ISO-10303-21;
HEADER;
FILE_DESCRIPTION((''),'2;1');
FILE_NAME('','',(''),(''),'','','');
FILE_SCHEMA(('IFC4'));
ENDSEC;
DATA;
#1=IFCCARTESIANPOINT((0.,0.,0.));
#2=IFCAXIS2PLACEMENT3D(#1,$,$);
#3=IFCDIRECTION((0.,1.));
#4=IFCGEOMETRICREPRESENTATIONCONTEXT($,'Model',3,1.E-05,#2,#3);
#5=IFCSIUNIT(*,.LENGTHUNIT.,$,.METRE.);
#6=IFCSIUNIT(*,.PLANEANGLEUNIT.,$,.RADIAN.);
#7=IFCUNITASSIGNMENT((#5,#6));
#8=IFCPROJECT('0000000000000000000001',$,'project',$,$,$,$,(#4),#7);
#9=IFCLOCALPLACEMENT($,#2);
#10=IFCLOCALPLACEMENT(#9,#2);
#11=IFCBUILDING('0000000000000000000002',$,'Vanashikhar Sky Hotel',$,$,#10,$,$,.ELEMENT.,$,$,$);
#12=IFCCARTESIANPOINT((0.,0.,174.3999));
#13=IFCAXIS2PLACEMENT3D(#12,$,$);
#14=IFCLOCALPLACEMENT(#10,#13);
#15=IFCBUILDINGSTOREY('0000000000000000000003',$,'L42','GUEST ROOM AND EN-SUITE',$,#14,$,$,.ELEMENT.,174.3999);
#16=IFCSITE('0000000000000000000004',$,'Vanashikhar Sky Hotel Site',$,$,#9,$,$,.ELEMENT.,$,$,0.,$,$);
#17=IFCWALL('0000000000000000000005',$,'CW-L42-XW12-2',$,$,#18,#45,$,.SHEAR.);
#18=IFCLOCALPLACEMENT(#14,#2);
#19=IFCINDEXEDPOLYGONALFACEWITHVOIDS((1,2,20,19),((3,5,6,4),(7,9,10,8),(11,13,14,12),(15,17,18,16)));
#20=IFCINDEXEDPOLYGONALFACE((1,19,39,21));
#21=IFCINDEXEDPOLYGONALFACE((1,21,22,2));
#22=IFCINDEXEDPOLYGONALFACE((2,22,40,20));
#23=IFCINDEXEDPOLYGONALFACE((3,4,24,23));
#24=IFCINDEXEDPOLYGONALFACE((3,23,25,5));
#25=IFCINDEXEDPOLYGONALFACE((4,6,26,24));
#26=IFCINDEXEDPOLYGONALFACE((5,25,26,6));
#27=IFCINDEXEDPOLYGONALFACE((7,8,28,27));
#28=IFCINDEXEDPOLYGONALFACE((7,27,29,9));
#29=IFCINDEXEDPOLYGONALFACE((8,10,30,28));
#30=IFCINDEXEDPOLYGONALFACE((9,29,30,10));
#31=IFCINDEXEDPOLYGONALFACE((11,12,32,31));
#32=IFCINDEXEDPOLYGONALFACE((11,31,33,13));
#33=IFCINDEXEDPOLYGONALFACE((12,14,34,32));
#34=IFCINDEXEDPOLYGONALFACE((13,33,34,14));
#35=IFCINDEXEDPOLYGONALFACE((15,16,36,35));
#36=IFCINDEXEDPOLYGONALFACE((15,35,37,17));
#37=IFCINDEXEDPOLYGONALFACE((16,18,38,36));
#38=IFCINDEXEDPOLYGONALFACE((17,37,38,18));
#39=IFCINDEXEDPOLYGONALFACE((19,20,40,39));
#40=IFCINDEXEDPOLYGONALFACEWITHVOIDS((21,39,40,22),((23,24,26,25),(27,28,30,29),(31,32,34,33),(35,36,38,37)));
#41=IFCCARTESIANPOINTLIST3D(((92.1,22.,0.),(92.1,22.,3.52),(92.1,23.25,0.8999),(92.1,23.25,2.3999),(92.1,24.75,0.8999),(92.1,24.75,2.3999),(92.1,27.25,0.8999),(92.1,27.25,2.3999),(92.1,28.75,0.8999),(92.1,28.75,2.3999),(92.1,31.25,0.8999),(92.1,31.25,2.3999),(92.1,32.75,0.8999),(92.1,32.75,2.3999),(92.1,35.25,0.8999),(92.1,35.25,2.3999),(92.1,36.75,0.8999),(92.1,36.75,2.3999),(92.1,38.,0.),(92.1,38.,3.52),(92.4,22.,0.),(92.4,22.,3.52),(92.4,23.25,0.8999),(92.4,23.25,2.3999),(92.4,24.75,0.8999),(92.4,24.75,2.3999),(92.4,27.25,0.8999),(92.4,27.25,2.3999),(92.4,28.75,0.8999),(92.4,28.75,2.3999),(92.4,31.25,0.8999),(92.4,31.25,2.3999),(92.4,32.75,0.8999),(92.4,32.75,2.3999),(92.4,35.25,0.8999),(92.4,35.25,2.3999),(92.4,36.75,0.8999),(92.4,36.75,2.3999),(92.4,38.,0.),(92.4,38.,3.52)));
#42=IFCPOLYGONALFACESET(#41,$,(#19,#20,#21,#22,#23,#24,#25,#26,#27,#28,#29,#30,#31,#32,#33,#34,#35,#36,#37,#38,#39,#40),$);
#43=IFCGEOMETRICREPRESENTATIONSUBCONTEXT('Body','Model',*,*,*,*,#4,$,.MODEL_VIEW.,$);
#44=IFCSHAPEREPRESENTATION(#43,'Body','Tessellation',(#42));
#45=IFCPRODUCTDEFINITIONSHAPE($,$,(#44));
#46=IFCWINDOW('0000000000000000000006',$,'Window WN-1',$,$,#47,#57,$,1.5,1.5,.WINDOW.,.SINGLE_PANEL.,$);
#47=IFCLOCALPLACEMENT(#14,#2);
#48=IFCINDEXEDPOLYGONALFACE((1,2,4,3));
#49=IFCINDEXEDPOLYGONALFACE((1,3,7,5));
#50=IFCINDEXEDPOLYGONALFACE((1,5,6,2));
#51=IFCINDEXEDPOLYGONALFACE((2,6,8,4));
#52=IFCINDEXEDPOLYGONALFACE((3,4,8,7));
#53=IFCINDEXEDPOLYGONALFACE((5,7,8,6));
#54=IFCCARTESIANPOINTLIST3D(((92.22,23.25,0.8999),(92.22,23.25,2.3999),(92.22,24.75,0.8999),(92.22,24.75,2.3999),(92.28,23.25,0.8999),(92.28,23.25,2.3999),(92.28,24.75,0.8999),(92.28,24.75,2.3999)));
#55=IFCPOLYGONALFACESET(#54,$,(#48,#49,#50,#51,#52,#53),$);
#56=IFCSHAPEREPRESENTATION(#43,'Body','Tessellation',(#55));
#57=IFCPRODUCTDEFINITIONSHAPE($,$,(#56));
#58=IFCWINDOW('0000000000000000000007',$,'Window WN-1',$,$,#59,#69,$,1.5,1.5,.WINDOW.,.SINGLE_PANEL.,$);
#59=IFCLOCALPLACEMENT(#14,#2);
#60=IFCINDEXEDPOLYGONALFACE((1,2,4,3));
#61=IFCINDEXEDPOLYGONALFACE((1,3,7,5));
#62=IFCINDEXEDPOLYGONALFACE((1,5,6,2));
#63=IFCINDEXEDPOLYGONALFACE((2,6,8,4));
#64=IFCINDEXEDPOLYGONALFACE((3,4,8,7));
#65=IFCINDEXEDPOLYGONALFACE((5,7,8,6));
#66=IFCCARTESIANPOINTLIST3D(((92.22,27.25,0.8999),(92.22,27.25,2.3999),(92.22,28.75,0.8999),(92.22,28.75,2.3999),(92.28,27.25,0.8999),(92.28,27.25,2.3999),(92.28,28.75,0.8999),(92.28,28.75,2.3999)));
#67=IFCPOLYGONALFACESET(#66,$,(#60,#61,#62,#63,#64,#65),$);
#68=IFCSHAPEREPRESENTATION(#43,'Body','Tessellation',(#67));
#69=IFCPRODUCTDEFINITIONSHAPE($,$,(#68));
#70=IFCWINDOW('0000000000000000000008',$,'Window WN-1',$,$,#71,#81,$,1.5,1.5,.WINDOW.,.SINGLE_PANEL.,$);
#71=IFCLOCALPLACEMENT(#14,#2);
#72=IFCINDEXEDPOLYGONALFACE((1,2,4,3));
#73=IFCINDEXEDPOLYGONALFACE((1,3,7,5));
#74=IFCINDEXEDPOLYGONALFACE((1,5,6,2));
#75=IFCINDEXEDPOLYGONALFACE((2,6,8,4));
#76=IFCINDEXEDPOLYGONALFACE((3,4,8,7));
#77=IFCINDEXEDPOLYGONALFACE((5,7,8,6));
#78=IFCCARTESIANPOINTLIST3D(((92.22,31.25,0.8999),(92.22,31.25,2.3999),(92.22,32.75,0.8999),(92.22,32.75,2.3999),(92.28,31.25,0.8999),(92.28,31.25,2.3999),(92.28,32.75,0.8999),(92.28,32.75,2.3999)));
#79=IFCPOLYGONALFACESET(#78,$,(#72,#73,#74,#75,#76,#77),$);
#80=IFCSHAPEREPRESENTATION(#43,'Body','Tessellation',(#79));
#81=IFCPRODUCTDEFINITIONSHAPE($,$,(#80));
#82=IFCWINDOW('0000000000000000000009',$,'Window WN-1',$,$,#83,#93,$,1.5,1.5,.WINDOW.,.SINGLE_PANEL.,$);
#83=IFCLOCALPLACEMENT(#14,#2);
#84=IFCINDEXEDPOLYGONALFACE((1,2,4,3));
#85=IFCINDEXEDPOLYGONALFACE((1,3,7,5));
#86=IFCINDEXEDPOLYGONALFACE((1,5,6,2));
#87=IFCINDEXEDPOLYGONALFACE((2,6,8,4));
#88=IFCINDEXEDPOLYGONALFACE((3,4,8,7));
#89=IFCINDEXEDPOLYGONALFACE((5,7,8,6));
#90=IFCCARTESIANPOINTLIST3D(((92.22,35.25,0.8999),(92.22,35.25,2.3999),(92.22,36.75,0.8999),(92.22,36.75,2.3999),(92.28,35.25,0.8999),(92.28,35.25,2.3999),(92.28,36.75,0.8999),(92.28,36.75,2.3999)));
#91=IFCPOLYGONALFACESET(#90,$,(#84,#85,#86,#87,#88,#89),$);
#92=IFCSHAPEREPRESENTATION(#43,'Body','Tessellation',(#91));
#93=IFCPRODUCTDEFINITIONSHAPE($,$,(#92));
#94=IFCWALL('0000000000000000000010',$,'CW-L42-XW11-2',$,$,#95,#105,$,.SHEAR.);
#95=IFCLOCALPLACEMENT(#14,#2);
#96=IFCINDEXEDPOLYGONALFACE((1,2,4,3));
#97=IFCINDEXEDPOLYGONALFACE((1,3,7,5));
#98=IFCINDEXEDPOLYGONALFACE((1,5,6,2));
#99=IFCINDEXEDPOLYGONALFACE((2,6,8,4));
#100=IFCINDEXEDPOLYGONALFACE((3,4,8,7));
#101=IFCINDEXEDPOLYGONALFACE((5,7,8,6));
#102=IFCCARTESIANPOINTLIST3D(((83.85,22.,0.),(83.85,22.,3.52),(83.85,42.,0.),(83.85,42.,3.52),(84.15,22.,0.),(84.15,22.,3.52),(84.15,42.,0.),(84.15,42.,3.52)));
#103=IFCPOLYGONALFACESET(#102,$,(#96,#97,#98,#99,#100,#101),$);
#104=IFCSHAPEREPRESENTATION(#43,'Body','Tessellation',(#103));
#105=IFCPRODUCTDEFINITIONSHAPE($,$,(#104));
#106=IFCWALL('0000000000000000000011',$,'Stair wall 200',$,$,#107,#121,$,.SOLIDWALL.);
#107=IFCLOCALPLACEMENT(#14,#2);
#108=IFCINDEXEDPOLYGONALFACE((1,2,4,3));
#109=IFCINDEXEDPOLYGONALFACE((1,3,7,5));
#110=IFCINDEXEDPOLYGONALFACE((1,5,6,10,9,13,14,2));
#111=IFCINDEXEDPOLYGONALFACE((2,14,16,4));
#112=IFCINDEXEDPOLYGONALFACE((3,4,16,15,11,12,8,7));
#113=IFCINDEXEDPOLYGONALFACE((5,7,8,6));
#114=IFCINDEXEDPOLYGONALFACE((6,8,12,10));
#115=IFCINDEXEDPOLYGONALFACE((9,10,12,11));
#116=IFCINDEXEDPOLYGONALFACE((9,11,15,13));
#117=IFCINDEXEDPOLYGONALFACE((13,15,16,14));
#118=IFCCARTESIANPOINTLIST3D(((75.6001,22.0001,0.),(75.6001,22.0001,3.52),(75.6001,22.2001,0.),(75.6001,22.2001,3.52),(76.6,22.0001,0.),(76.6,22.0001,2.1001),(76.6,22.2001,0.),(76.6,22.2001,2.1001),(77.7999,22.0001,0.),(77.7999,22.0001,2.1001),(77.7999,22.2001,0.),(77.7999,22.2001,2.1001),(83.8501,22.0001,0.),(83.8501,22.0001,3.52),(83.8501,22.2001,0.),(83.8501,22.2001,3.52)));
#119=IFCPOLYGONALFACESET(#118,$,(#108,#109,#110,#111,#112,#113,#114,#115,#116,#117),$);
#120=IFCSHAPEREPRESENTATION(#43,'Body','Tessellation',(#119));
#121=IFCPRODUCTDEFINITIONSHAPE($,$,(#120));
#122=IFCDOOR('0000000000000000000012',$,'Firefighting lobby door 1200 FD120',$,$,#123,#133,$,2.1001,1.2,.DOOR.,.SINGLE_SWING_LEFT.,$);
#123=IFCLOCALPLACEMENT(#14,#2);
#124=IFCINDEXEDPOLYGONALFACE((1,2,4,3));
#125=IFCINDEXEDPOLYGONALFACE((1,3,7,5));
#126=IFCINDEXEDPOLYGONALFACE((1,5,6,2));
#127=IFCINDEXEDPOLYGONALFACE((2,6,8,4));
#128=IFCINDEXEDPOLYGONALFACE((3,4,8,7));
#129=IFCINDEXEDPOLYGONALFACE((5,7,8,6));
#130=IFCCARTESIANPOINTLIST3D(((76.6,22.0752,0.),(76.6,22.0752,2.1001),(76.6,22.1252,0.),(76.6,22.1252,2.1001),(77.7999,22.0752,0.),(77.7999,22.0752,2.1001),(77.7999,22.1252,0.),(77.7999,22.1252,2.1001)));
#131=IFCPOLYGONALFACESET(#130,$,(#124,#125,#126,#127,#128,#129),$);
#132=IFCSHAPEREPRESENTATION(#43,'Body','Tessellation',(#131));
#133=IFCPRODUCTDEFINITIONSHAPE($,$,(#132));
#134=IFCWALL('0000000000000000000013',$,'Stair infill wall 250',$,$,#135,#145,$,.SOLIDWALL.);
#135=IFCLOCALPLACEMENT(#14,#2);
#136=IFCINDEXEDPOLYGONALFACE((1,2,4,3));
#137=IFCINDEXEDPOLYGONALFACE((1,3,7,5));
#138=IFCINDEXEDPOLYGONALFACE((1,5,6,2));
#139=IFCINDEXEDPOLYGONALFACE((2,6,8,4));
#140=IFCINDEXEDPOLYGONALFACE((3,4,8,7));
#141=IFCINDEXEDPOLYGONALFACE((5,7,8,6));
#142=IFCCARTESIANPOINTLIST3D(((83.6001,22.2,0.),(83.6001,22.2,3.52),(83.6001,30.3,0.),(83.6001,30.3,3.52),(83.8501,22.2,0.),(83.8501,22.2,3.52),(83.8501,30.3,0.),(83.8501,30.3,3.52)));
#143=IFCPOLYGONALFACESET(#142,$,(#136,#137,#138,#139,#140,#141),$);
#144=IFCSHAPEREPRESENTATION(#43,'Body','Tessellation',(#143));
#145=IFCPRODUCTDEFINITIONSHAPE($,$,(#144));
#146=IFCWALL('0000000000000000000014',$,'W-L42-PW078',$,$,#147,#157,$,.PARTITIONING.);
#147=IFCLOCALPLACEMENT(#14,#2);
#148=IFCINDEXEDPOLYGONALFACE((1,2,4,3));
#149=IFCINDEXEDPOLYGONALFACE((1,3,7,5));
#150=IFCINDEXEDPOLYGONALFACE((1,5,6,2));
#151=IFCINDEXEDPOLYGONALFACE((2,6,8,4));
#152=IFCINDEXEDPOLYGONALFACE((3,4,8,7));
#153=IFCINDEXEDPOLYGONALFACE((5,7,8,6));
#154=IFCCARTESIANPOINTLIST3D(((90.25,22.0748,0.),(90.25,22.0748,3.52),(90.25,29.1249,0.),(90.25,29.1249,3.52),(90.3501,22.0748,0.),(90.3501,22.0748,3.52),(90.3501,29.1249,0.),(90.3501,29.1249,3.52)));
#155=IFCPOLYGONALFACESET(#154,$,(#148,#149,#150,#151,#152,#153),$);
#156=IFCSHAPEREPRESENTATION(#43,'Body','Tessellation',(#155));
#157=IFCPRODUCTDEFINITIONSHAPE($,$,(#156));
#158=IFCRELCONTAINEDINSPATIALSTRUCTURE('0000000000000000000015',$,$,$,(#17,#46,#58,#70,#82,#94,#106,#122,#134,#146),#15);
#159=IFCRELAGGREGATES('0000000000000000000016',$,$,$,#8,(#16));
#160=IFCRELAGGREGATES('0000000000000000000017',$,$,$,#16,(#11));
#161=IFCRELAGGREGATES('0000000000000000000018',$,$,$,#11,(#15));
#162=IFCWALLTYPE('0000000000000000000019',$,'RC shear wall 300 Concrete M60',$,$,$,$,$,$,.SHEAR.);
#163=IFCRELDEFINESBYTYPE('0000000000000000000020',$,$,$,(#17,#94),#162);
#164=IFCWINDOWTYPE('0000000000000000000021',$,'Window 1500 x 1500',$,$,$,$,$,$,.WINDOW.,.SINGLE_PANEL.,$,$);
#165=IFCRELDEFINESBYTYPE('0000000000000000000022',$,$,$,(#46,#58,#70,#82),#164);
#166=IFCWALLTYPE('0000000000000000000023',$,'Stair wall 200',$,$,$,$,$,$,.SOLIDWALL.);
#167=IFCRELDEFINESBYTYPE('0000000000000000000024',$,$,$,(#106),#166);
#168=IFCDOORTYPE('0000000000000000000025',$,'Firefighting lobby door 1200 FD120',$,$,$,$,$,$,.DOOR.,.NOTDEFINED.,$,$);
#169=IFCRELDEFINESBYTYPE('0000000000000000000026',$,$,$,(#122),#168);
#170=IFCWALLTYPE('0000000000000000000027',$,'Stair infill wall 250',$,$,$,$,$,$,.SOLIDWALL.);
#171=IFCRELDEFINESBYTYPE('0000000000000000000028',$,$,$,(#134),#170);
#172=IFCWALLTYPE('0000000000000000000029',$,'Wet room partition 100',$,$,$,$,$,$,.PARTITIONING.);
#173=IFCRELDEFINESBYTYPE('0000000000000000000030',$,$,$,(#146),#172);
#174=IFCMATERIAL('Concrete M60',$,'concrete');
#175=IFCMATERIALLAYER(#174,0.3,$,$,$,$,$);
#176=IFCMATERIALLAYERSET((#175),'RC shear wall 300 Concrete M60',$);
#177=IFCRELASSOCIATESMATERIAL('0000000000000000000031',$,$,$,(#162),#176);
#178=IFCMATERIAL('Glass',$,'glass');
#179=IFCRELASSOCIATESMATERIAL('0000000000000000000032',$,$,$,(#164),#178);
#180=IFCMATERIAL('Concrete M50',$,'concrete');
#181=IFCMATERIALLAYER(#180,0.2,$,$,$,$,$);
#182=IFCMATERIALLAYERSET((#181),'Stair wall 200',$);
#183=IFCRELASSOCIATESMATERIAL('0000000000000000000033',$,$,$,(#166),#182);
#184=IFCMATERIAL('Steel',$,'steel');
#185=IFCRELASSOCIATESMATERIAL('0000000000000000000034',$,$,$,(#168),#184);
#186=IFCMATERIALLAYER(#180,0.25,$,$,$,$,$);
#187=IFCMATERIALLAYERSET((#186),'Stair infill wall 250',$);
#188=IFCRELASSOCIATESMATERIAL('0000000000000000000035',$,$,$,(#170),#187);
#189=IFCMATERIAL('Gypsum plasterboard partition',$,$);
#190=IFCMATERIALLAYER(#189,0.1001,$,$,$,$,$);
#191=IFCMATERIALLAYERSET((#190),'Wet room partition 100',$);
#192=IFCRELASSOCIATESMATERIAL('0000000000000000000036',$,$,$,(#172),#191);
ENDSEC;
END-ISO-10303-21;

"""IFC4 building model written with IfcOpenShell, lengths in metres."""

from ifc_helpers import new_model, si_unit, direction, frame, frame_2d, origin, place, context, subcontext, project, spatial, rectangle, extrude, source, transform, mapped, material, layer, layer_set, type_object, element, fill, save


model = new_model("IFC4")

# Units and contexts
model_context = context("Model", 3, precision=1e-05, world=origin(), true_north=direction((0.0, 1.0)))
body_context = subcontext(model_context, "Body", "Model", "MODEL_VIEW")
ifc_project = project(units=[si_unit("LENGTHUNIT", "METRE"), si_unit("PLANEANGLEUNIT", "RADIAN")], contexts=[model_context])

# Site, building, storey
site_placement = place(None, origin())
site = spatial("IfcSite", under=ifc_project, at=site_placement, Name="Vanashikhar Sky Hotel Site", CompositionType="ELEMENT", RefElevation=0.0)
building_placement = place(site_placement, origin())
building = spatial("IfcBuilding", under=site, at=building_placement, Name="Vanashikhar Sky Hotel", CompositionType="ELEMENT")
storey_placement = place(building_placement, frame((0.0, 0.0, 174.3999)))
storey = spatial("IfcBuildingStorey", under=building, at=storey_placement, Name="L42", Description="GUEST ROOM AND EN-SUITE", CompositionType="ELEMENT", Elevation=174.3999)

# Wall, openings, windows
ifc_material_1 = material(Name="Concrete M60", Category="concrete")
ifc_layer_1 = layer(ifc_material_1, 0.3)
ifc_layer_set_1 = layer_set([ifc_layer_1], Name="RC shear wall 300 Concrete M60")
wall_type_1 = type_object("IfcWallType", Name="RC shear wall 300 Concrete M60", PredefinedType="SHEAR", material=ifc_layer_set_1)
shared_shape_1 = source(origin(), body_context, "Body", "SweptSolid", [
    extrude(rectangle(XDim=16.0, YDim=0.3, at=frame_2d((8.0, 0.0))), origin(), (0.0, 0.0, 1.0), 3.52),
])
wall_1_placement = place(storey_placement, frame((92.25, 22.0, 0.0), z_axis=(0.0, 0.0, 1.0), x_axis=(0.0, 1.0, 0.0)))
wall_1 = element("IfcWall", 1, at=wall_1_placement, inside=storey, type_object=wall_type_1, Name="CW-L42-XW12-2", PredefinedType="SHEAR", context=body_context, shape_type="MappedRepresentation", body=[
    mapped(shared_shape_1, transform((0.0, 0.0, 0.0), scale=1.0)),
])
shared_shape_2 = source(origin(), body_context, "Body", "SweptSolid", [
    extrude(rectangle(XDim=1.5, YDim=1.5, at=frame_2d((0.75, 0.75))), frame((0.0, 0.1602, 0.0), z_axis=(0.0, -1.0, 0.0), x_axis=(1.0, 0.0, 0.0)), (0.0, 0.0, 1.0), 0.3201),
])
opening_1_placement = place(wall_1_placement, frame((1.25, 0.0, 0.8999)))
opening_1 = element("IfcOpeningElement", 2, at=opening_1_placement, cuts=wall_1, PredefinedType="OPENING", context=body_context, shape_type="MappedRepresentation", body=[
    mapped(shared_shape_2, transform((0.0, 0.0, 0.0), scale=1.0)),
])
opening_2_placement = place(wall_1_placement, frame((5.25, 0.0, 0.8999)))
opening_2 = element("IfcOpeningElement", 3, at=opening_2_placement, cuts=wall_1, PredefinedType="OPENING", context=body_context, shape_type="MappedRepresentation", body=[
    mapped(shared_shape_2, transform((0.0, 0.0, 0.0), scale=1.0)),
])
opening_3_placement = place(wall_1_placement, frame((9.25, 0.0, 0.8999)))
opening_3 = element("IfcOpeningElement", 4, at=opening_3_placement, cuts=wall_1, PredefinedType="OPENING", context=body_context, shape_type="MappedRepresentation", body=[
    mapped(shared_shape_2, transform((0.0, 0.0, 0.0), scale=1.0)),
])
opening_4_placement = place(wall_1_placement, frame((13.25, 0.0, 0.8999)))
opening_4 = element("IfcOpeningElement", 5, at=opening_4_placement, cuts=wall_1, PredefinedType="OPENING", context=body_context, shape_type="MappedRepresentation", body=[
    mapped(shared_shape_2, transform((0.0, 0.0, 0.0), scale=1.0)),
])
ifc_material_2 = material(Name="Glass", Category="glass")
window_type = type_object("IfcWindowType", Name="Window 1500 x 1500", PartitioningType="SINGLE_PANEL", PredefinedType="WINDOW", material=ifc_material_2)
shared_shape_3 = source(origin(), body_context, "Body", "SweptSolid", [
    extrude(rectangle(XDim=1.5, YDim=1.5, at=frame_2d((0.75, 0.75))), frame((0.0, 0.03, 0.0), z_axis=(0.0, -1.0, 0.0), x_axis=(1.0, 0.0, 0.0)), (0.0, 0.0, 1.0), 0.0601),
])
window_1_placement = place(opening_1_placement, origin())
window_1 = element("IfcWindow", 6, at=window_1_placement, inside=storey, type_object=window_type, Name="Window WN-1", OverallHeight=1.5, OverallWidth=1.5, PartitioningType="SINGLE_PANEL", PredefinedType="WINDOW", context=body_context, shape_type="MappedRepresentation", body=[
    mapped(shared_shape_3, transform((0.0, 0.0, 0.0), scale=1.0)),
])
fill(opening_1, window_1)
window_2_placement = place(opening_2_placement, origin())
window_2 = element("IfcWindow", 7, at=window_2_placement, inside=storey, type_object=window_type, Name="Window WN-1", OverallHeight=1.5, OverallWidth=1.5, PartitioningType="SINGLE_PANEL", PredefinedType="WINDOW", context=body_context, shape_type="MappedRepresentation", body=[
    mapped(shared_shape_3, transform((0.0, 0.0, 0.0), scale=1.0)),
])
fill(opening_2, window_2)
window_3_placement = place(opening_3_placement, origin())
window_3 = element("IfcWindow", 8, at=window_3_placement, inside=storey, type_object=window_type, Name="Window WN-1", OverallHeight=1.5, OverallWidth=1.5, PartitioningType="SINGLE_PANEL", PredefinedType="WINDOW", context=body_context, shape_type="MappedRepresentation", body=[
    mapped(shared_shape_3, transform((0.0, 0.0, 0.0), scale=1.0)),
])
fill(opening_3, window_3)
window_4_placement = place(opening_4_placement, origin())
window_4 = element("IfcWindow", 9, at=window_4_placement, inside=storey, type_object=window_type, Name="Window WN-1", OverallHeight=1.5, OverallWidth=1.5, PartitioningType="SINGLE_PANEL", PredefinedType="WINDOW", context=body_context, shape_type="MappedRepresentation", body=[
    mapped(shared_shape_3, transform((0.0, 0.0, 0.0), scale=1.0)),
])
fill(opening_4, window_4)

# Wall
shared_shape_4 = source(origin(), body_context, "Body", "SweptSolid", [
    extrude(rectangle(XDim=20.0, YDim=0.3, at=frame_2d((10.0, 0.0))), origin(), (0.0, 0.0, 1.0), 3.52),
])
wall_2_placement = place(storey_placement, frame((84.0, 22.0, 0.0), z_axis=(0.0, 0.0, 1.0), x_axis=(0.0, 1.0, 0.0)))
element("IfcWall", 10, at=wall_2_placement, inside=storey, type_object=wall_type_1, Name="CW-L42-XW11-2", PredefinedType="SHEAR", context=body_context, shape_type="MappedRepresentation", body=[
    mapped(shared_shape_4, transform((0.0, 0.0, 0.0), scale=1.0)),
])

# Wall, opening, door
ifc_material_3 = material(Name="Concrete M50", Category="concrete")
ifc_layer_2 = layer(ifc_material_3, 0.2)
ifc_layer_set_2 = layer_set([ifc_layer_2], Name="Stair wall 200")
wall_type_2 = type_object("IfcWallType", Name="Stair wall 200", PredefinedType="SOLIDWALL", material=ifc_layer_set_2)
shared_shape_5 = source(origin(), body_context, "Body", "SweptSolid", [
    extrude(rectangle(XDim=8.25, YDim=0.2, at=frame_2d((4.125, 0.0))), origin(), (0.0, 0.0, 1.0), 3.52),
])
wall_3_placement = place(storey_placement, frame((83.8501, 22.1001, 0.0), z_axis=(0.0, 0.0, 1.0), x_axis=(-1.0, 0.0, 0.0)))
wall_3 = element("IfcWall", 11, at=wall_3_placement, inside=storey, type_object=wall_type_2, Name="Stair wall 200", PredefinedType="SOLIDWALL", context=body_context, shape_type="MappedRepresentation", body=[
    mapped(shared_shape_5, transform((0.0, 0.0, 0.0), scale=1.0)),
])
shared_shape_6 = source(origin(), body_context, "Body", "SweptSolid", [
    extrude(rectangle(XDim=1.2, YDim=2.1001, at=frame_2d((0.6001, 1.05))), frame((0.0, 0.1099, 0.0), z_axis=(0.0, -1.0, 0.0), x_axis=(1.0, 0.0, 0.0)), (0.0, 0.0, 1.0), 0.22),
])
opening_5_placement = place(wall_3_placement, frame((6.05, 0.0, 0.0)))
opening_5 = element("IfcOpeningElement", 12, at=opening_5_placement, cuts=wall_3, PredefinedType="OPENING", context=body_context, shape_type="MappedRepresentation", body=[
    mapped(shared_shape_6, transform((0.0, 0.0, 0.0), scale=1.0)),
])
ifc_material_4 = material(Name="Steel", Category="steel")
door_type_1 = type_object("IfcDoorType", Name="Firefighting lobby door 1200 FD120", OperationType="NOTDEFINED", PredefinedType="DOOR", material=ifc_material_4)
shared_shape_7 = source(origin(), body_context, "Body", "SweptSolid", [
    extrude(rectangle(XDim=1.2, YDim=2.1001, at=frame_2d((0.6001, 1.05))), frame((0.0, 0.0249, 0.0), z_axis=(0.0, -1.0, 0.0), x_axis=(1.0, 0.0, 0.0)), (0.0, 0.0, 1.0), 0.05),
])
door_1_placement = place(opening_5_placement, origin())
door_1 = element("IfcDoor", 13, at=door_1_placement, inside=storey, type_object=door_type_1, Name="Firefighting lobby door 1200 FD120", OperationType="SINGLE_SWING_LEFT", OverallHeight=2.1001, OverallWidth=1.2, PredefinedType="DOOR", context=body_context, shape_type="MappedRepresentation", body=[
    mapped(shared_shape_7, transform((0.0, 0.0, 0.0), scale=1.0)),
])
fill(opening_5, door_1)

# Walls
ifc_layer_3 = layer(ifc_material_3, 0.25)
ifc_layer_set_3 = layer_set([ifc_layer_3], Name="Stair infill wall 250")
wall_type_3 = type_object("IfcWallType", Name="Stair infill wall 250", PredefinedType="SOLIDWALL", material=ifc_layer_set_3)
shared_shape_8 = source(origin(), body_context, "Body", "SweptSolid", [
    extrude(rectangle(XDim=8.1001, YDim=0.25, at=frame_2d((4.05, 0.0))), origin(), (0.0, 0.0, 1.0), 3.52),
])
wall_4_placement = place(storey_placement, frame((83.7251, 22.2, 0.0), z_axis=(0.0, 0.0, 1.0), x_axis=(0.0, 1.0, 0.0)))
element("IfcWall", 14, at=wall_4_placement, inside=storey, type_object=wall_type_3, Name="Stair infill wall 250", PredefinedType="SOLIDWALL", context=body_context, shape_type="MappedRepresentation", body=[
    mapped(shared_shape_8, transform((0.0, 0.0, 0.0), scale=1.0)),
])
ifc_material_5 = material(Name="Gypsum plasterboard partition")
ifc_layer_4 = layer(ifc_material_5, 0.1001)
ifc_layer_set_4 = layer_set([ifc_layer_4], Name="Wet room partition 100")
wall_type_4 = type_object("IfcWallType", Name="Wet room partition 100", PredefinedType="PARTITIONING", material=ifc_layer_set_4)
shared_shape_9 = source(origin(), body_context, "Body", "SweptSolid", [
    extrude(rectangle(XDim=7.05, YDim=0.1001, at=frame_2d((3.5249, 0.0))), origin(), (0.0, 0.0, 1.0), 3.52),
])
for number, where, z_axis, x_axis, name in (
    (15, (90.3, 22.075, 0.0), (0.0, 0.0, 1.0), (0.0, 1.0, 0.0), "W-L42-PW078"),
):
    element("IfcWall", number, at=place(storey_placement, frame(where, z_axis=z_axis, x_axis=x_axis)), inside=storey, type_object=wall_type_4, Name=name, PredefinedType="PARTITIONING", context=body_context, shape_type="MappedRepresentation", body=[
        mapped(shared_shape_9, transform((0.0, 0.0, 0.0), scale=1.0)),
    ])

save(model, "model.ifc")
